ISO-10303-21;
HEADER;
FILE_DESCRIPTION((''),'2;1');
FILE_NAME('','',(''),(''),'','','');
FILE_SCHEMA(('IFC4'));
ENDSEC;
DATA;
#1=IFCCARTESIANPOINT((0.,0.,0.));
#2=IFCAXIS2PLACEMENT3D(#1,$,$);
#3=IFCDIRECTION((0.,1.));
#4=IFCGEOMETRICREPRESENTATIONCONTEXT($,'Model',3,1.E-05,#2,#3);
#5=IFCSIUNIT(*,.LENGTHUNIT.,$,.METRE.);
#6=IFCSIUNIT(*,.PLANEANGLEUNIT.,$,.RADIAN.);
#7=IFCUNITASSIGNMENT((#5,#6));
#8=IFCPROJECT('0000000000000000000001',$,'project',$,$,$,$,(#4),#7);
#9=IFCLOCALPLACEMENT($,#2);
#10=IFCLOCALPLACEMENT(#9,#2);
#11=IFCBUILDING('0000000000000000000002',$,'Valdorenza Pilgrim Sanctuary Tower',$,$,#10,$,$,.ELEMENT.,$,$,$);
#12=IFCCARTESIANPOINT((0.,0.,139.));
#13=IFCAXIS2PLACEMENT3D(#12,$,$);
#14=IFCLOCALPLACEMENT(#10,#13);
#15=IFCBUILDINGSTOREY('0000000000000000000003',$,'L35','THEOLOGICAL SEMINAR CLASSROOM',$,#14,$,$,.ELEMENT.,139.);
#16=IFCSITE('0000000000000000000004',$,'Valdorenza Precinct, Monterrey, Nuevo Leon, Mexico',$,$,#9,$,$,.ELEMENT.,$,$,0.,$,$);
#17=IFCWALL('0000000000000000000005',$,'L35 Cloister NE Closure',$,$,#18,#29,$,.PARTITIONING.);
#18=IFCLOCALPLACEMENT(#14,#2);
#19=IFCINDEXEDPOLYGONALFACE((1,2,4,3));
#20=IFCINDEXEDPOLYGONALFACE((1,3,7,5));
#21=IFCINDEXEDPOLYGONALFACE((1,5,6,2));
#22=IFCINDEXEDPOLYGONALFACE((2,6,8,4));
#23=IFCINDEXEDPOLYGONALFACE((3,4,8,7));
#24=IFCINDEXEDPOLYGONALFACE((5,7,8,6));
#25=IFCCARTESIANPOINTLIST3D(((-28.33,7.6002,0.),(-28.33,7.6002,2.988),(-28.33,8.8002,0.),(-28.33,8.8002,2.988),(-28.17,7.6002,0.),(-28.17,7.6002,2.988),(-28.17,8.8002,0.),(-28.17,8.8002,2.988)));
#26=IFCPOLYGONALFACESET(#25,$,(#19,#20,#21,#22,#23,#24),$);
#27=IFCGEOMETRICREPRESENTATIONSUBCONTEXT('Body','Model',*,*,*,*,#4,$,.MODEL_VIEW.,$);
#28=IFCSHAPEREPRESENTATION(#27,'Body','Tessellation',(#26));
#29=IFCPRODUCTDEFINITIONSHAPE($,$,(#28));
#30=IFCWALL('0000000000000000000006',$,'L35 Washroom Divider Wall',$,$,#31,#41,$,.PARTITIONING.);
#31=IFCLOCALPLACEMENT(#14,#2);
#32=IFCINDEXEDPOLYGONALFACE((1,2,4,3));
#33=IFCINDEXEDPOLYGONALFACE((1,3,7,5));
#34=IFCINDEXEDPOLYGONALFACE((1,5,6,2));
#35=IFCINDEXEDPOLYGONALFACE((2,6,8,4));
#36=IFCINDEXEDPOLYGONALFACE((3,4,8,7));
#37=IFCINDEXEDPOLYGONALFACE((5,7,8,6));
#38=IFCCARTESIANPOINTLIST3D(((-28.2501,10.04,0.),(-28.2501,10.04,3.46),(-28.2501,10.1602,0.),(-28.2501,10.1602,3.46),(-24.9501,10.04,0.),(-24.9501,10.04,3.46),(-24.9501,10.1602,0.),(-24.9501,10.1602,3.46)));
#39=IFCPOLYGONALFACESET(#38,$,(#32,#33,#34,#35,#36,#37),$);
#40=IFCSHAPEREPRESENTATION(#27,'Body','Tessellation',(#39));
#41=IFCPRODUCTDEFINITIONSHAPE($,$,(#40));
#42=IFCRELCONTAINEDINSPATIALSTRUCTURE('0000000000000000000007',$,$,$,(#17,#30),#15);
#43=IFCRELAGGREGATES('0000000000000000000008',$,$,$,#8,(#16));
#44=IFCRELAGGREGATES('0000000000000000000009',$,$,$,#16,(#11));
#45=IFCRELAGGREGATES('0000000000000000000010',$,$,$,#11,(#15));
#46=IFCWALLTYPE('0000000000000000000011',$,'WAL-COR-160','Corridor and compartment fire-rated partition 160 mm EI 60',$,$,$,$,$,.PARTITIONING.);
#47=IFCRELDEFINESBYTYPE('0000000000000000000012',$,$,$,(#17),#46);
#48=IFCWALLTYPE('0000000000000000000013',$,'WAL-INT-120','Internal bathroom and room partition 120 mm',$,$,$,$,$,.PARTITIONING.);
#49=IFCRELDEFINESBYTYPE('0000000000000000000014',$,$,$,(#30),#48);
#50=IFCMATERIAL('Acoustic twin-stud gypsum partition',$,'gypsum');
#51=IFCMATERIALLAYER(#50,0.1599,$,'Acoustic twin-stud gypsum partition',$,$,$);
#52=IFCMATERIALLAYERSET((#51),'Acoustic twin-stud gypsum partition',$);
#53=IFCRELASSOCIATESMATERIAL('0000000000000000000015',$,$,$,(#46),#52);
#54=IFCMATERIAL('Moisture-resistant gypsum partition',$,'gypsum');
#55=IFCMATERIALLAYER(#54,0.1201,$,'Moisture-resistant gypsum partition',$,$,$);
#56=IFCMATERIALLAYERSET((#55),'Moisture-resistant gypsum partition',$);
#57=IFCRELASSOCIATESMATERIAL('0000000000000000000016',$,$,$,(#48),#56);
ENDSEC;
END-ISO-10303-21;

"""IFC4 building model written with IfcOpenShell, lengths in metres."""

from ifc_helpers import new_model, si_unit, direction, frame, frame_2d, origin, place, context, subcontext, project, spatial, rectangle, extrude, material, layer, layer_set, type_object, element, save


model = new_model("IFC4")

# Units and contexts
model_context = context("Model", 3, precision=1e-05, world=origin(), true_north=direction((0.0, 1.0)))
body_context = subcontext(model_context, "Body", "Model", "MODEL_VIEW")
ifc_project = project(units=[si_unit("LENGTHUNIT", "METRE"), si_unit("PLANEANGLEUNIT", "RADIAN")], contexts=[model_context])

# Site, building, storey
site_placement = place(None, origin())
site = spatial("IfcSite", under=ifc_project, at=site_placement, Name="Valdorenza Precinct, Monterrey, Nuevo Leon, Mexico", CompositionType="ELEMENT", RefElevation=0.0)
building_placement = place(site_placement, origin())
building = spatial("IfcBuilding", under=site, at=building_placement, Name="Valdorenza Pilgrim Sanctuary Tower", CompositionType="ELEMENT")
storey_placement = place(building_placement, frame((0.0, 0.0, 139.0)))
storey = spatial("IfcBuildingStorey", under=building, at=storey_placement, Name="L35", Description="THEOLOGICAL SEMINAR CLASSROOM", CompositionType="ELEMENT", Elevation=139.0)

# Shared definitions
ifc_material_1 = material(Name="Acoustic twin-stud gypsum partition", Category="gypsum")
ifc_layer_1 = layer(ifc_material_1, 0.1599, Name="Acoustic twin-stud gypsum partition")
ifc_layer_set_1 = layer_set([ifc_layer_1], Name="Acoustic twin-stud gypsum partition")
wall_type_1 = type_object("IfcWallType", Name="WAL-COR-160", Description="Corridor and compartment fire-rated partition 160 mm EI 60", PredefinedType="PARTITIONING", material=ifc_layer_set_1)

# Wall
wall_1_placement = place(storey_placement, frame((-28.25, 7.6001, 0.0), z_axis=(0.0, 0.0, 1.0), x_axis=(0.0, 1.0, 0.0)))
element("IfcWall", 1, at=wall_1_placement, inside=storey, type_object=wall_type_1, Name="L35 Cloister NE Closure", PredefinedType="PARTITIONING", context=body_context, shape_type="SweptSolid", body=[
    extrude(rectangle(XDim=1.2, YDim=0.1599, at=frame_2d((0.6001, 0.0))), origin(), (0.0, 0.0, 1.0), 2.988),
])

# Wall
ifc_material_2 = material(Name="Moisture-resistant gypsum partition", Category="gypsum")
ifc_layer_2 = layer(ifc_material_2, 0.1201, Name="Moisture-resistant gypsum partition")
ifc_layer_set_2 = layer_set([ifc_layer_2], Name="Moisture-resistant gypsum partition")
wall_type_2 = type_object("IfcWallType", Name="WAL-INT-120", Description="Internal bathroom and room partition 120 mm", PredefinedType="PARTITIONING", material=ifc_layer_set_2)
wall_2_placement = place(storey_placement, frame((-28.25, 10.1001, 0.0), z_axis=(0.0, 0.0, 1.0), x_axis=(1.0, 0.0, 0.0)))
element("IfcWall", 2, at=wall_2_placement, inside=storey, type_object=wall_type_2, Name="L35 Washroom Divider Wall", PredefinedType="PARTITIONING", context=body_context, shape_type="SweptSolid", body=[
    extrude(rectangle(XDim=3.3, YDim=0.1201, at=frame_2d((1.6499, 0.0))), origin(), (0.0, 0.0, 1.0), 3.46),
])

save(model, "model.ifc")
